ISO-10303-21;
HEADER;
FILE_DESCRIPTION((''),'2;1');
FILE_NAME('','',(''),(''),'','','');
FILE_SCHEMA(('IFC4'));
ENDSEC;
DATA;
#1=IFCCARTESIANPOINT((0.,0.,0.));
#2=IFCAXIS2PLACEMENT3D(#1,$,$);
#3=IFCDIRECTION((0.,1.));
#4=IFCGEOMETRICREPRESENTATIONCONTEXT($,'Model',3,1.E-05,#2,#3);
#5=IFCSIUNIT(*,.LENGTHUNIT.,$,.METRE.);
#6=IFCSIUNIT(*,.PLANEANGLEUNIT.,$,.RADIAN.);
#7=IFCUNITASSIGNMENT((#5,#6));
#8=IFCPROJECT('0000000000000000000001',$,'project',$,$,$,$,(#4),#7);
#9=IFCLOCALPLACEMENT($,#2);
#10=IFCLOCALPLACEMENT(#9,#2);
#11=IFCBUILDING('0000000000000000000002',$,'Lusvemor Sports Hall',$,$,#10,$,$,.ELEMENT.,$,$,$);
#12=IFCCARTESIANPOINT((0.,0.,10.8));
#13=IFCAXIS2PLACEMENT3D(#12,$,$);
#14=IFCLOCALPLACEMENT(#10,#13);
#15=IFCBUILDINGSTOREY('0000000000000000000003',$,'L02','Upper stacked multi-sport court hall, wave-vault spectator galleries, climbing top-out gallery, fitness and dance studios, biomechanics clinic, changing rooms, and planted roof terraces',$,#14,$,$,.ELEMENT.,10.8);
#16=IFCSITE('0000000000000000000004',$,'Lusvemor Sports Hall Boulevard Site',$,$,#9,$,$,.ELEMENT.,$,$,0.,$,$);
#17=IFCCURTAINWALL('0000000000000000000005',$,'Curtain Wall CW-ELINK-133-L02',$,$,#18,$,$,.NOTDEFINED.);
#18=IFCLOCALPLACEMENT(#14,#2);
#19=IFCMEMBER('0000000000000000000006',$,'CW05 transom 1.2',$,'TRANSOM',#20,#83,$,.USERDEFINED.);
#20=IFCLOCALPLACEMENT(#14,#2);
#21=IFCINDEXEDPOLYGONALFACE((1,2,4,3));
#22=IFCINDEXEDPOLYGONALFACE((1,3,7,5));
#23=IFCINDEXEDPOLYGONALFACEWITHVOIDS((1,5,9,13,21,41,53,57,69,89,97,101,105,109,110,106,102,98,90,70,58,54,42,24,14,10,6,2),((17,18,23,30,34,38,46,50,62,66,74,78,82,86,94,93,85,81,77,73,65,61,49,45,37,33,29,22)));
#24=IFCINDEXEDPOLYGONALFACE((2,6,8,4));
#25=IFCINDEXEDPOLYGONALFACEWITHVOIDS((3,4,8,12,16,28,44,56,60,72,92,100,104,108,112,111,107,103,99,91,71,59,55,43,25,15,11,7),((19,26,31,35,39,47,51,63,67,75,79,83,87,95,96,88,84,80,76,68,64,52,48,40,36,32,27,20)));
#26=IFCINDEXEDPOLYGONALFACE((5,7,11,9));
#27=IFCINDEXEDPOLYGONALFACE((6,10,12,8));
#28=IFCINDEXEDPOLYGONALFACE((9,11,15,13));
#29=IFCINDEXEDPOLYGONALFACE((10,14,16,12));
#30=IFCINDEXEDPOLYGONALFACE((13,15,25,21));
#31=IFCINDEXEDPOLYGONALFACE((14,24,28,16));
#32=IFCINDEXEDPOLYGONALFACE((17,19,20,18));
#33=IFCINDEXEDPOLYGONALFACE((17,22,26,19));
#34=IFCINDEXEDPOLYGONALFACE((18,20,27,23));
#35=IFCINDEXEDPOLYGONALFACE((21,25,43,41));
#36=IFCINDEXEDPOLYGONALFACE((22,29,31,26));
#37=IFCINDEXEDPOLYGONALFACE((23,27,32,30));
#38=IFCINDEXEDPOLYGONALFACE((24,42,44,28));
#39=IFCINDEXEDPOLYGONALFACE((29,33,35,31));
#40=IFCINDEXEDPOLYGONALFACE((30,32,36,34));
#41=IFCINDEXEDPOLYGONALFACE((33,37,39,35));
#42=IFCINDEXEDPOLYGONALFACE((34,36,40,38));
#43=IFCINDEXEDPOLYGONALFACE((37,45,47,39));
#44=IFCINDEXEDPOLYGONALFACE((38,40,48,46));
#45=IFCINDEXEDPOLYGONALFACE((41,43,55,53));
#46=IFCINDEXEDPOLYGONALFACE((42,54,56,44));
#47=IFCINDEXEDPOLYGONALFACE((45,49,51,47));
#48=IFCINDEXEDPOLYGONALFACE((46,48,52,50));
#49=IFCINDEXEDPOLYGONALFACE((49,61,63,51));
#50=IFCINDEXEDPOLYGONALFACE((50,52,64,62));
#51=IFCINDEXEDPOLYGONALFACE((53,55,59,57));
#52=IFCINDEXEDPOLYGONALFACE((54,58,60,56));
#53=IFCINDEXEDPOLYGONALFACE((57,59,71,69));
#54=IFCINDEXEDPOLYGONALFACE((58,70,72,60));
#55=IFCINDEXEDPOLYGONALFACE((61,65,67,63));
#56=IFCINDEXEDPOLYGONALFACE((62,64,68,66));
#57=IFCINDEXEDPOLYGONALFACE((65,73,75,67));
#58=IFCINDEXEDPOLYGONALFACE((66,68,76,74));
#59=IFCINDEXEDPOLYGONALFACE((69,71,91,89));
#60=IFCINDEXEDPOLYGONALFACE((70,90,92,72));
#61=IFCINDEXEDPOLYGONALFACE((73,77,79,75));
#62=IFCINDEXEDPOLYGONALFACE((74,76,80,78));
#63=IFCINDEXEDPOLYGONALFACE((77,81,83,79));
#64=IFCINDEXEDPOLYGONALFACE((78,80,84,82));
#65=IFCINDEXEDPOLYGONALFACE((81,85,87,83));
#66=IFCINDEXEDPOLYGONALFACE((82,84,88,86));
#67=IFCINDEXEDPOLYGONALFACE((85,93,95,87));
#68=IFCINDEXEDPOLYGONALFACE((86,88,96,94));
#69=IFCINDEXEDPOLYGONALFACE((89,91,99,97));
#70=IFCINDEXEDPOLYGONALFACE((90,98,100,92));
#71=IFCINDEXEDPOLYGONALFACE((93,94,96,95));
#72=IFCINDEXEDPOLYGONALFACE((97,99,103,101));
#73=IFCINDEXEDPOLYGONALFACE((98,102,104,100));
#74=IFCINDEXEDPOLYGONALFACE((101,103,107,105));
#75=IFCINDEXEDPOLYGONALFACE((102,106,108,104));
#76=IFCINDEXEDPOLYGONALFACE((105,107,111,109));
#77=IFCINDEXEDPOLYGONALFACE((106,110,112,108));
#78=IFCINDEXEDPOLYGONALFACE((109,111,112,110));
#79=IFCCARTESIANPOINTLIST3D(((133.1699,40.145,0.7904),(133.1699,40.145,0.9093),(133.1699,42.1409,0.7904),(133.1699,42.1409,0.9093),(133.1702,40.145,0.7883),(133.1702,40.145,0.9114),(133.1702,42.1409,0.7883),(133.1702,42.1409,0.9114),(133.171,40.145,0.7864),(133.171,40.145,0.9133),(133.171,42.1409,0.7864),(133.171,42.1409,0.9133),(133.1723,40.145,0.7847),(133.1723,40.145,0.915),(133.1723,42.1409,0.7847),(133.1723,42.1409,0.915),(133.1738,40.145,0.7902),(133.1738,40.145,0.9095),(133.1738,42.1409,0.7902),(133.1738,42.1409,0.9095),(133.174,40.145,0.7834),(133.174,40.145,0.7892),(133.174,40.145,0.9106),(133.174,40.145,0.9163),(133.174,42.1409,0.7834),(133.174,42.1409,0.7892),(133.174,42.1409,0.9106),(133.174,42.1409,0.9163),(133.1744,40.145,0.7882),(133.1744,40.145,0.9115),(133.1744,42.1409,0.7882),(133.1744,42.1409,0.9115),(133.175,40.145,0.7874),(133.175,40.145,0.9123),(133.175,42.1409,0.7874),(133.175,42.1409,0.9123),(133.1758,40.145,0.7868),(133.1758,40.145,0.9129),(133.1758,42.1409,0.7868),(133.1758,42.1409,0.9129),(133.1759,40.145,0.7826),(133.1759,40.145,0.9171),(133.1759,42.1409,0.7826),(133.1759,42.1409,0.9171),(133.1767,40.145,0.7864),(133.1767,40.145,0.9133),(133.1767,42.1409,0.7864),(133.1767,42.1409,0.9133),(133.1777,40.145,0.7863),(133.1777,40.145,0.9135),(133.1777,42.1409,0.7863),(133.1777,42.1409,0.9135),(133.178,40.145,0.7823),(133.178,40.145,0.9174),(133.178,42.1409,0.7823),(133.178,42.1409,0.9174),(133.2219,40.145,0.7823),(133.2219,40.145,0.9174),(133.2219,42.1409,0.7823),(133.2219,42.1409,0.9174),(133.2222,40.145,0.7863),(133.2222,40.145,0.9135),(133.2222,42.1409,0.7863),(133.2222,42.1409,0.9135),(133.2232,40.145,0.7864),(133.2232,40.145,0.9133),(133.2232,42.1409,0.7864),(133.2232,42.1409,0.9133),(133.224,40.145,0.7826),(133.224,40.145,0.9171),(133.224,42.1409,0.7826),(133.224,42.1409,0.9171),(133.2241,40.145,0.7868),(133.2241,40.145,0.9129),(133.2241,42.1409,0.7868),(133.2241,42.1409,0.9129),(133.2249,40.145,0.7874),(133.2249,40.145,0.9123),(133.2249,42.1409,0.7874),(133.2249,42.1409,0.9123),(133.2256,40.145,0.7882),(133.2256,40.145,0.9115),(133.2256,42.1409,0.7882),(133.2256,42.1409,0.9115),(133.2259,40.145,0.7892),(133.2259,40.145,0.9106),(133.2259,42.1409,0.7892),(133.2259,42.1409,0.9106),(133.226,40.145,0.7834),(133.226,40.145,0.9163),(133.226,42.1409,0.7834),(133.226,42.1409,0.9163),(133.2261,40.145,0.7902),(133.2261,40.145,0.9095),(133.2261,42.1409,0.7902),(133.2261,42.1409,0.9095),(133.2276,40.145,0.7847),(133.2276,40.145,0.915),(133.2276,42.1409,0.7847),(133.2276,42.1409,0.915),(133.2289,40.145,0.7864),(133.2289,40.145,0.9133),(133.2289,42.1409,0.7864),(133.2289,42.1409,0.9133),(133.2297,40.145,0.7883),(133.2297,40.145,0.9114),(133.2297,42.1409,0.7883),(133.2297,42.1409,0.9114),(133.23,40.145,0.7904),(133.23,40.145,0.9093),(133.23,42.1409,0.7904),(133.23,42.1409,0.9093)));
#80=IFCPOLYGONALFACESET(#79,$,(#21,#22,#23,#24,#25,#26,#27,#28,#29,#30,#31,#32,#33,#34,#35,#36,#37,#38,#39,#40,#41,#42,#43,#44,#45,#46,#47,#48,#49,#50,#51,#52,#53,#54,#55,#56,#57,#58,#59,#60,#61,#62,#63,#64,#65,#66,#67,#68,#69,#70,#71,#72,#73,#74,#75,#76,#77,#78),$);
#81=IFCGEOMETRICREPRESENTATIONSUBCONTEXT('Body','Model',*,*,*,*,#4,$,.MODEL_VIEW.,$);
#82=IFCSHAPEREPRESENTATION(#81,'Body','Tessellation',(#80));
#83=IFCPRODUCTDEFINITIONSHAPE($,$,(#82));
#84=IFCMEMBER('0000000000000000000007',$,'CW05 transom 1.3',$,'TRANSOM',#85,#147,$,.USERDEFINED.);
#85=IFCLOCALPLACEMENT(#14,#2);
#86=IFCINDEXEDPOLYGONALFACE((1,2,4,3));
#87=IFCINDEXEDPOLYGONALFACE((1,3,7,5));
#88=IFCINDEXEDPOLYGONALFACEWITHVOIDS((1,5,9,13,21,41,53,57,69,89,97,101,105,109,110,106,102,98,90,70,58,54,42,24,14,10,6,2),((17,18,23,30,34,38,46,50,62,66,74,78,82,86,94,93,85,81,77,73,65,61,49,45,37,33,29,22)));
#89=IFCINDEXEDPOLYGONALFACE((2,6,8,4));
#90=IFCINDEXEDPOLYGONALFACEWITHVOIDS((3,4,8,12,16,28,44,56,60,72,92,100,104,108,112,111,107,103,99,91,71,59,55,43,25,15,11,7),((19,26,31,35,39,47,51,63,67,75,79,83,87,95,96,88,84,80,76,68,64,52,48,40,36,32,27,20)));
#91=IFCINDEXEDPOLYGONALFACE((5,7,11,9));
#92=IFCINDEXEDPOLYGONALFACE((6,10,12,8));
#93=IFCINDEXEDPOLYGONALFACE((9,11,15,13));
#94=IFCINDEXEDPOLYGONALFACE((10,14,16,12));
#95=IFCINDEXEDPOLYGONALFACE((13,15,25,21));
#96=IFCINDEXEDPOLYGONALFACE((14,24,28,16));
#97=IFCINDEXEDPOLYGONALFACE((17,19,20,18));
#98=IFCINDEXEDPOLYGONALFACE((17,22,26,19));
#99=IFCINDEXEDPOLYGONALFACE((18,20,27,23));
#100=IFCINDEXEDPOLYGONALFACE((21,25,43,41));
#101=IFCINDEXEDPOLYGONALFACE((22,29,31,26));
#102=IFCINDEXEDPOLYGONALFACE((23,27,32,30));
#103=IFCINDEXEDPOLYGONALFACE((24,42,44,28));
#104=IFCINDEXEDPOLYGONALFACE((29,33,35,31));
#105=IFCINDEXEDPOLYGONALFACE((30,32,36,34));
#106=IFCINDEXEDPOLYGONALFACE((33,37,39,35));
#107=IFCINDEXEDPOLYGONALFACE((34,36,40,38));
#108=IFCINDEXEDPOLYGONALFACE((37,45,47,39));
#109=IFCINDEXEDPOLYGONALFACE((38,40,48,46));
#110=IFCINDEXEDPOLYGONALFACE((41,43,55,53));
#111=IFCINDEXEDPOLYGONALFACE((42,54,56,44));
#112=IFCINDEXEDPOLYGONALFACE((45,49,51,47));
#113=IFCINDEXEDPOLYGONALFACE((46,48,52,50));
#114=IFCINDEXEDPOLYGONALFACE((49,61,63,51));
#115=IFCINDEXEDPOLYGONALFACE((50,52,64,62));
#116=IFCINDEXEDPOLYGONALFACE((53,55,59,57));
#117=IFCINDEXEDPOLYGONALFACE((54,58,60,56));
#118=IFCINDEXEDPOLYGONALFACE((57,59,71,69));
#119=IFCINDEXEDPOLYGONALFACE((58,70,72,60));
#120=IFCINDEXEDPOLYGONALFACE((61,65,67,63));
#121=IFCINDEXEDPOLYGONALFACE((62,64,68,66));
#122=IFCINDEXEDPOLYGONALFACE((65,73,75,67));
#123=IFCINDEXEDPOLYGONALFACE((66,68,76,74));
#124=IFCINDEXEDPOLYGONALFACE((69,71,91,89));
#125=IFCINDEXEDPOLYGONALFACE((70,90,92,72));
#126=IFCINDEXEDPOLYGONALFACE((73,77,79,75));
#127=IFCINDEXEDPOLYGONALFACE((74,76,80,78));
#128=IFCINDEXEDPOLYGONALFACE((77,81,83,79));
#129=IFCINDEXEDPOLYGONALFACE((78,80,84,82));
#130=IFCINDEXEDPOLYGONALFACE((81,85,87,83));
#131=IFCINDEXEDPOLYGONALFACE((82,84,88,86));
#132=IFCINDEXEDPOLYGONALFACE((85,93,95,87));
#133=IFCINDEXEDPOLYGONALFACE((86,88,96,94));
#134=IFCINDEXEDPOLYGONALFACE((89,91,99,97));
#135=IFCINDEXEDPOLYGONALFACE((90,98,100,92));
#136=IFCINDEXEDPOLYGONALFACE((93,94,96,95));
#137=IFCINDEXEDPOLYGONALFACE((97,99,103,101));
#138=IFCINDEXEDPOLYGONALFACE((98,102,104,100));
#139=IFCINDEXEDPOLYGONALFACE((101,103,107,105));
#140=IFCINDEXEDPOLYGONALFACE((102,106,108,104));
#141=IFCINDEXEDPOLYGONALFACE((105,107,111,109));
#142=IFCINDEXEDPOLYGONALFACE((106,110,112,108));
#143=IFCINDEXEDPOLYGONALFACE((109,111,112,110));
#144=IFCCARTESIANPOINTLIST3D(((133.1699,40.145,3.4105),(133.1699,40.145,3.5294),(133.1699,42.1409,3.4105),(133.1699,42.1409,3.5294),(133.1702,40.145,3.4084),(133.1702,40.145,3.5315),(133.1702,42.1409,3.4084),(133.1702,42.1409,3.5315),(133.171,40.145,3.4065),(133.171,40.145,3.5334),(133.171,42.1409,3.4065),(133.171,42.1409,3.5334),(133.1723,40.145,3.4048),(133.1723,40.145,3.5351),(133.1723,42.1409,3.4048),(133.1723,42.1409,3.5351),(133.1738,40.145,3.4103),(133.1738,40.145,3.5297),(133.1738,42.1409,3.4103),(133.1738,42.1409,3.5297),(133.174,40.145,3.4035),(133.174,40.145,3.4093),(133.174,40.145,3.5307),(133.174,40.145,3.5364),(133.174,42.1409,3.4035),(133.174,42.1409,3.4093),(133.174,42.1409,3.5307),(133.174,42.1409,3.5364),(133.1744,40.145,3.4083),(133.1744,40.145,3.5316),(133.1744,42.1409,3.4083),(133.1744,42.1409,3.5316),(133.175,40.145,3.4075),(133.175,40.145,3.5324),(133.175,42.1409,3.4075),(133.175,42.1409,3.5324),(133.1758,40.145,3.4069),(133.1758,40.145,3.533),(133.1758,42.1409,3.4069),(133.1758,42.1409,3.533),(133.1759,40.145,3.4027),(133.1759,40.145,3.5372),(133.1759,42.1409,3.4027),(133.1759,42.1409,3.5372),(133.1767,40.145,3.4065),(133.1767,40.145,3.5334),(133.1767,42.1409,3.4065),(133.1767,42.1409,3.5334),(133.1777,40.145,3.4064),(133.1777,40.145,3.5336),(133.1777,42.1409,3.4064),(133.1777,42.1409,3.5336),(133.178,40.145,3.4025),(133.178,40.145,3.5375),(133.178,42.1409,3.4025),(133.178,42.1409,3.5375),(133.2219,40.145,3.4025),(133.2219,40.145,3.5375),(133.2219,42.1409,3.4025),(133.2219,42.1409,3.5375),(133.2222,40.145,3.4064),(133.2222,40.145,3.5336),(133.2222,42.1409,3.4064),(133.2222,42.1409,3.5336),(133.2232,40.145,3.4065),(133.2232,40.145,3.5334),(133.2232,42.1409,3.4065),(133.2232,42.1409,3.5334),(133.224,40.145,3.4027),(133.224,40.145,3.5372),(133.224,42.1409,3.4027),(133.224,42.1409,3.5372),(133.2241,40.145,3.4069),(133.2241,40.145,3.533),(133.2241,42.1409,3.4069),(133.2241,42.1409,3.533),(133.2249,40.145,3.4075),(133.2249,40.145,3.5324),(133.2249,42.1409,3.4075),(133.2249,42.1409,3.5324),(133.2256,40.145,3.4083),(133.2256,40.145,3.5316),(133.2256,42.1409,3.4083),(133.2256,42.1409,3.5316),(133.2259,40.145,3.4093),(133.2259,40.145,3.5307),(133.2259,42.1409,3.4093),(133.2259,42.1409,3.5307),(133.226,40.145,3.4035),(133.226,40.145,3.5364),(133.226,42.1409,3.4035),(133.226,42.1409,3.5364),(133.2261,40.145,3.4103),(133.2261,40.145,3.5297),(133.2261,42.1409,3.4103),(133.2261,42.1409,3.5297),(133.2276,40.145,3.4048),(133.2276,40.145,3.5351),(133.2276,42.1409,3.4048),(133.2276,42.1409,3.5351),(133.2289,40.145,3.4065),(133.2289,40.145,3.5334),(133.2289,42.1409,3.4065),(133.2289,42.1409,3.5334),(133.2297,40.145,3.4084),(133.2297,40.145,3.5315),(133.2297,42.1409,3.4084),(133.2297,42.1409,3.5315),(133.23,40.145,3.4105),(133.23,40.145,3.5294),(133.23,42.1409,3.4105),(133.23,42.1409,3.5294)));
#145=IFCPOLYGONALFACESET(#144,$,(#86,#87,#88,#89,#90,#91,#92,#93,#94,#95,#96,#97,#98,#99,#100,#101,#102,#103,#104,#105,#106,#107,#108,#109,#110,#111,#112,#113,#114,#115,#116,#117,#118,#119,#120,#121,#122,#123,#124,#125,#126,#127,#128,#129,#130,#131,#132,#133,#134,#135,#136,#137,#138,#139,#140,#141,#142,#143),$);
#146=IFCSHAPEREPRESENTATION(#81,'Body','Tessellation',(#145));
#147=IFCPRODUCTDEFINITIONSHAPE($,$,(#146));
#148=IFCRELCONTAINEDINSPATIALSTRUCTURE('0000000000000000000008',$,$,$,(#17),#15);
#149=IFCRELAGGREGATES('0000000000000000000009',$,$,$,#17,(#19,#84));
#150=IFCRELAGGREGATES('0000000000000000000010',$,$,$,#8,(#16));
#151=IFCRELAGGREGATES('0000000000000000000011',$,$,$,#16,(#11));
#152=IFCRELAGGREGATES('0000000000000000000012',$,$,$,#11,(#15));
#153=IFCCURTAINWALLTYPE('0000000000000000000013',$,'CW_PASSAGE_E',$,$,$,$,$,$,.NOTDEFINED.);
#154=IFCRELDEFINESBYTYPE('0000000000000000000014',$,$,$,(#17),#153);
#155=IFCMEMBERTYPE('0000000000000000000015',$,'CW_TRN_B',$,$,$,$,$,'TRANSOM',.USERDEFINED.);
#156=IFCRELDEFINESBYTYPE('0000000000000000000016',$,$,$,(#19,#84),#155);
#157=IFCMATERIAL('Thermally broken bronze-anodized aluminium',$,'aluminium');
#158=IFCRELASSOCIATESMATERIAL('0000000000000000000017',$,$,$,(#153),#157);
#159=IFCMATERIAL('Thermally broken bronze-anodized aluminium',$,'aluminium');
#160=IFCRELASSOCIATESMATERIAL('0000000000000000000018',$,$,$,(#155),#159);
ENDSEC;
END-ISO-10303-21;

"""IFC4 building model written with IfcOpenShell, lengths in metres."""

from ifc_helpers import new_model, si_unit, direction, frame, origin, origin_2d, place, context, subcontext, project, spatial, hollow_rectangle, extrude, material, material_profile, profile_set, type_object, element, aggregate, save


model = new_model("IFC4")

# Units and contexts
model_context = context("Model", 3, precision=1e-05, world=origin(), true_north=direction((0.0, 1.0)))
body_context = subcontext(model_context, "Body", "Model", "MODEL_VIEW")
ifc_project = project(units=[si_unit("LENGTHUNIT", "METRE"), si_unit("PLANEANGLEUNIT", "RADIAN")], contexts=[model_context])

# Site, building, storey
site_placement = place(None, origin())
site = spatial("IfcSite", under=ifc_project, at=site_placement, Name="Lusvemor Sports Hall Boulevard Site", CompositionType="ELEMENT", RefElevation=0.0)
building_placement = place(site_placement, origin())
building = spatial("IfcBuilding", under=site, at=building_placement, Name="Lusvemor Sports Hall", CompositionType="ELEMENT")
storey_placement = place(building_placement, frame((0.0, 0.0, 10.8)))
storey = spatial("IfcBuildingStorey", under=building, at=storey_placement, Name="L02", Description="Upper stacked multi-sport court hall, wave-vault spectator galleries, climbing top-out gallery, fitness and dance studios, biomechanics clinic, changing rooms, and planted roof terraces", CompositionType="ELEMENT", Elevation=10.8)

# Curtain wall
ifc_material_1 = material(Name="Thermally broken bronze-anodized aluminium", Category="aluminium")
curtain_wall_type_1 = type_object("IfcCurtainWallType", Name="CW_PASSAGE_E", PredefinedType="NOTDEFINED", material=ifc_material_1)
curtain_wall_1_placement = place(storey_placement, origin())
curtain_wall_1 = element("IfcCurtainWall", 1, at=curtain_wall_1_placement, inside=storey, type_object=curtain_wall_type_1, Name="Curtain Wall CW-ELINK-133-L02", PredefinedType="NOTDEFINED")

# Members
ifc_material_2 = material(Name="Thermally broken bronze-anodized aluminium", Category="aluminium")
ifc_material_profile_1 = material_profile(ifc_material_2, hollow_rectangle(XDim=0.0601, YDim=0.135, WallThickness=0.0039, InnerFilletRadius=0.0039, OuterFilletRadius=0.0081, at=origin_2d()), Name="CWTRN135x60x4")
ifc_profile_set_1 = profile_set([ifc_material_profile_1], Name="Thermally broken bronze-anodized aluminium")
member_type_1 = type_object("IfcMemberType", Name="CW_TRN_B", ElementType="TRANSOM", PredefinedType="USERDEFINED", material=ifc_profile_set_1)
member_1_placement = place(storey_placement, frame((133.2, 40.145, 0.8499), z_axis=(0.0, 1.0, 0.0), x_axis=(-1.0, 0.0, 0.0)))
member_1 = element("IfcMember", 2, at=member_1_placement, type_object=member_type_1, Name="CW05 transom 1.2", ObjectType="TRANSOM", PredefinedType="USERDEFINED", context=body_context, shape_type="SweptSolid", body=[
    extrude(hollow_rectangle(XDim=0.0601, YDim=0.135, WallThickness=0.0039, InnerFilletRadius=0.0039, OuterFilletRadius=0.0081, at=origin_2d()), origin(), (0.0, 0.0, 1.0), 1.9958),
])
member_2_placement = place(storey_placement, frame((133.2, 40.145, 3.47), z_axis=(0.0, 1.0, 0.0), x_axis=(-1.0, 0.0, 0.0)))
member_2 = element("IfcMember", 3, at=member_2_placement, type_object=member_type_1, Name="CW05 transom 1.3", ObjectType="TRANSOM", PredefinedType="USERDEFINED", context=body_context, shape_type="SweptSolid", body=[
    extrude(hollow_rectangle(XDim=0.0601, YDim=0.135, WallThickness=0.0039, InnerFilletRadius=0.0039, OuterFilletRadius=0.0081, at=origin_2d()), origin(), (0.0, 0.0, 1.0), 1.9958),
])

aggregate(curtain_wall_1, [member_1, member_2])

save(model, "model.ifc")
